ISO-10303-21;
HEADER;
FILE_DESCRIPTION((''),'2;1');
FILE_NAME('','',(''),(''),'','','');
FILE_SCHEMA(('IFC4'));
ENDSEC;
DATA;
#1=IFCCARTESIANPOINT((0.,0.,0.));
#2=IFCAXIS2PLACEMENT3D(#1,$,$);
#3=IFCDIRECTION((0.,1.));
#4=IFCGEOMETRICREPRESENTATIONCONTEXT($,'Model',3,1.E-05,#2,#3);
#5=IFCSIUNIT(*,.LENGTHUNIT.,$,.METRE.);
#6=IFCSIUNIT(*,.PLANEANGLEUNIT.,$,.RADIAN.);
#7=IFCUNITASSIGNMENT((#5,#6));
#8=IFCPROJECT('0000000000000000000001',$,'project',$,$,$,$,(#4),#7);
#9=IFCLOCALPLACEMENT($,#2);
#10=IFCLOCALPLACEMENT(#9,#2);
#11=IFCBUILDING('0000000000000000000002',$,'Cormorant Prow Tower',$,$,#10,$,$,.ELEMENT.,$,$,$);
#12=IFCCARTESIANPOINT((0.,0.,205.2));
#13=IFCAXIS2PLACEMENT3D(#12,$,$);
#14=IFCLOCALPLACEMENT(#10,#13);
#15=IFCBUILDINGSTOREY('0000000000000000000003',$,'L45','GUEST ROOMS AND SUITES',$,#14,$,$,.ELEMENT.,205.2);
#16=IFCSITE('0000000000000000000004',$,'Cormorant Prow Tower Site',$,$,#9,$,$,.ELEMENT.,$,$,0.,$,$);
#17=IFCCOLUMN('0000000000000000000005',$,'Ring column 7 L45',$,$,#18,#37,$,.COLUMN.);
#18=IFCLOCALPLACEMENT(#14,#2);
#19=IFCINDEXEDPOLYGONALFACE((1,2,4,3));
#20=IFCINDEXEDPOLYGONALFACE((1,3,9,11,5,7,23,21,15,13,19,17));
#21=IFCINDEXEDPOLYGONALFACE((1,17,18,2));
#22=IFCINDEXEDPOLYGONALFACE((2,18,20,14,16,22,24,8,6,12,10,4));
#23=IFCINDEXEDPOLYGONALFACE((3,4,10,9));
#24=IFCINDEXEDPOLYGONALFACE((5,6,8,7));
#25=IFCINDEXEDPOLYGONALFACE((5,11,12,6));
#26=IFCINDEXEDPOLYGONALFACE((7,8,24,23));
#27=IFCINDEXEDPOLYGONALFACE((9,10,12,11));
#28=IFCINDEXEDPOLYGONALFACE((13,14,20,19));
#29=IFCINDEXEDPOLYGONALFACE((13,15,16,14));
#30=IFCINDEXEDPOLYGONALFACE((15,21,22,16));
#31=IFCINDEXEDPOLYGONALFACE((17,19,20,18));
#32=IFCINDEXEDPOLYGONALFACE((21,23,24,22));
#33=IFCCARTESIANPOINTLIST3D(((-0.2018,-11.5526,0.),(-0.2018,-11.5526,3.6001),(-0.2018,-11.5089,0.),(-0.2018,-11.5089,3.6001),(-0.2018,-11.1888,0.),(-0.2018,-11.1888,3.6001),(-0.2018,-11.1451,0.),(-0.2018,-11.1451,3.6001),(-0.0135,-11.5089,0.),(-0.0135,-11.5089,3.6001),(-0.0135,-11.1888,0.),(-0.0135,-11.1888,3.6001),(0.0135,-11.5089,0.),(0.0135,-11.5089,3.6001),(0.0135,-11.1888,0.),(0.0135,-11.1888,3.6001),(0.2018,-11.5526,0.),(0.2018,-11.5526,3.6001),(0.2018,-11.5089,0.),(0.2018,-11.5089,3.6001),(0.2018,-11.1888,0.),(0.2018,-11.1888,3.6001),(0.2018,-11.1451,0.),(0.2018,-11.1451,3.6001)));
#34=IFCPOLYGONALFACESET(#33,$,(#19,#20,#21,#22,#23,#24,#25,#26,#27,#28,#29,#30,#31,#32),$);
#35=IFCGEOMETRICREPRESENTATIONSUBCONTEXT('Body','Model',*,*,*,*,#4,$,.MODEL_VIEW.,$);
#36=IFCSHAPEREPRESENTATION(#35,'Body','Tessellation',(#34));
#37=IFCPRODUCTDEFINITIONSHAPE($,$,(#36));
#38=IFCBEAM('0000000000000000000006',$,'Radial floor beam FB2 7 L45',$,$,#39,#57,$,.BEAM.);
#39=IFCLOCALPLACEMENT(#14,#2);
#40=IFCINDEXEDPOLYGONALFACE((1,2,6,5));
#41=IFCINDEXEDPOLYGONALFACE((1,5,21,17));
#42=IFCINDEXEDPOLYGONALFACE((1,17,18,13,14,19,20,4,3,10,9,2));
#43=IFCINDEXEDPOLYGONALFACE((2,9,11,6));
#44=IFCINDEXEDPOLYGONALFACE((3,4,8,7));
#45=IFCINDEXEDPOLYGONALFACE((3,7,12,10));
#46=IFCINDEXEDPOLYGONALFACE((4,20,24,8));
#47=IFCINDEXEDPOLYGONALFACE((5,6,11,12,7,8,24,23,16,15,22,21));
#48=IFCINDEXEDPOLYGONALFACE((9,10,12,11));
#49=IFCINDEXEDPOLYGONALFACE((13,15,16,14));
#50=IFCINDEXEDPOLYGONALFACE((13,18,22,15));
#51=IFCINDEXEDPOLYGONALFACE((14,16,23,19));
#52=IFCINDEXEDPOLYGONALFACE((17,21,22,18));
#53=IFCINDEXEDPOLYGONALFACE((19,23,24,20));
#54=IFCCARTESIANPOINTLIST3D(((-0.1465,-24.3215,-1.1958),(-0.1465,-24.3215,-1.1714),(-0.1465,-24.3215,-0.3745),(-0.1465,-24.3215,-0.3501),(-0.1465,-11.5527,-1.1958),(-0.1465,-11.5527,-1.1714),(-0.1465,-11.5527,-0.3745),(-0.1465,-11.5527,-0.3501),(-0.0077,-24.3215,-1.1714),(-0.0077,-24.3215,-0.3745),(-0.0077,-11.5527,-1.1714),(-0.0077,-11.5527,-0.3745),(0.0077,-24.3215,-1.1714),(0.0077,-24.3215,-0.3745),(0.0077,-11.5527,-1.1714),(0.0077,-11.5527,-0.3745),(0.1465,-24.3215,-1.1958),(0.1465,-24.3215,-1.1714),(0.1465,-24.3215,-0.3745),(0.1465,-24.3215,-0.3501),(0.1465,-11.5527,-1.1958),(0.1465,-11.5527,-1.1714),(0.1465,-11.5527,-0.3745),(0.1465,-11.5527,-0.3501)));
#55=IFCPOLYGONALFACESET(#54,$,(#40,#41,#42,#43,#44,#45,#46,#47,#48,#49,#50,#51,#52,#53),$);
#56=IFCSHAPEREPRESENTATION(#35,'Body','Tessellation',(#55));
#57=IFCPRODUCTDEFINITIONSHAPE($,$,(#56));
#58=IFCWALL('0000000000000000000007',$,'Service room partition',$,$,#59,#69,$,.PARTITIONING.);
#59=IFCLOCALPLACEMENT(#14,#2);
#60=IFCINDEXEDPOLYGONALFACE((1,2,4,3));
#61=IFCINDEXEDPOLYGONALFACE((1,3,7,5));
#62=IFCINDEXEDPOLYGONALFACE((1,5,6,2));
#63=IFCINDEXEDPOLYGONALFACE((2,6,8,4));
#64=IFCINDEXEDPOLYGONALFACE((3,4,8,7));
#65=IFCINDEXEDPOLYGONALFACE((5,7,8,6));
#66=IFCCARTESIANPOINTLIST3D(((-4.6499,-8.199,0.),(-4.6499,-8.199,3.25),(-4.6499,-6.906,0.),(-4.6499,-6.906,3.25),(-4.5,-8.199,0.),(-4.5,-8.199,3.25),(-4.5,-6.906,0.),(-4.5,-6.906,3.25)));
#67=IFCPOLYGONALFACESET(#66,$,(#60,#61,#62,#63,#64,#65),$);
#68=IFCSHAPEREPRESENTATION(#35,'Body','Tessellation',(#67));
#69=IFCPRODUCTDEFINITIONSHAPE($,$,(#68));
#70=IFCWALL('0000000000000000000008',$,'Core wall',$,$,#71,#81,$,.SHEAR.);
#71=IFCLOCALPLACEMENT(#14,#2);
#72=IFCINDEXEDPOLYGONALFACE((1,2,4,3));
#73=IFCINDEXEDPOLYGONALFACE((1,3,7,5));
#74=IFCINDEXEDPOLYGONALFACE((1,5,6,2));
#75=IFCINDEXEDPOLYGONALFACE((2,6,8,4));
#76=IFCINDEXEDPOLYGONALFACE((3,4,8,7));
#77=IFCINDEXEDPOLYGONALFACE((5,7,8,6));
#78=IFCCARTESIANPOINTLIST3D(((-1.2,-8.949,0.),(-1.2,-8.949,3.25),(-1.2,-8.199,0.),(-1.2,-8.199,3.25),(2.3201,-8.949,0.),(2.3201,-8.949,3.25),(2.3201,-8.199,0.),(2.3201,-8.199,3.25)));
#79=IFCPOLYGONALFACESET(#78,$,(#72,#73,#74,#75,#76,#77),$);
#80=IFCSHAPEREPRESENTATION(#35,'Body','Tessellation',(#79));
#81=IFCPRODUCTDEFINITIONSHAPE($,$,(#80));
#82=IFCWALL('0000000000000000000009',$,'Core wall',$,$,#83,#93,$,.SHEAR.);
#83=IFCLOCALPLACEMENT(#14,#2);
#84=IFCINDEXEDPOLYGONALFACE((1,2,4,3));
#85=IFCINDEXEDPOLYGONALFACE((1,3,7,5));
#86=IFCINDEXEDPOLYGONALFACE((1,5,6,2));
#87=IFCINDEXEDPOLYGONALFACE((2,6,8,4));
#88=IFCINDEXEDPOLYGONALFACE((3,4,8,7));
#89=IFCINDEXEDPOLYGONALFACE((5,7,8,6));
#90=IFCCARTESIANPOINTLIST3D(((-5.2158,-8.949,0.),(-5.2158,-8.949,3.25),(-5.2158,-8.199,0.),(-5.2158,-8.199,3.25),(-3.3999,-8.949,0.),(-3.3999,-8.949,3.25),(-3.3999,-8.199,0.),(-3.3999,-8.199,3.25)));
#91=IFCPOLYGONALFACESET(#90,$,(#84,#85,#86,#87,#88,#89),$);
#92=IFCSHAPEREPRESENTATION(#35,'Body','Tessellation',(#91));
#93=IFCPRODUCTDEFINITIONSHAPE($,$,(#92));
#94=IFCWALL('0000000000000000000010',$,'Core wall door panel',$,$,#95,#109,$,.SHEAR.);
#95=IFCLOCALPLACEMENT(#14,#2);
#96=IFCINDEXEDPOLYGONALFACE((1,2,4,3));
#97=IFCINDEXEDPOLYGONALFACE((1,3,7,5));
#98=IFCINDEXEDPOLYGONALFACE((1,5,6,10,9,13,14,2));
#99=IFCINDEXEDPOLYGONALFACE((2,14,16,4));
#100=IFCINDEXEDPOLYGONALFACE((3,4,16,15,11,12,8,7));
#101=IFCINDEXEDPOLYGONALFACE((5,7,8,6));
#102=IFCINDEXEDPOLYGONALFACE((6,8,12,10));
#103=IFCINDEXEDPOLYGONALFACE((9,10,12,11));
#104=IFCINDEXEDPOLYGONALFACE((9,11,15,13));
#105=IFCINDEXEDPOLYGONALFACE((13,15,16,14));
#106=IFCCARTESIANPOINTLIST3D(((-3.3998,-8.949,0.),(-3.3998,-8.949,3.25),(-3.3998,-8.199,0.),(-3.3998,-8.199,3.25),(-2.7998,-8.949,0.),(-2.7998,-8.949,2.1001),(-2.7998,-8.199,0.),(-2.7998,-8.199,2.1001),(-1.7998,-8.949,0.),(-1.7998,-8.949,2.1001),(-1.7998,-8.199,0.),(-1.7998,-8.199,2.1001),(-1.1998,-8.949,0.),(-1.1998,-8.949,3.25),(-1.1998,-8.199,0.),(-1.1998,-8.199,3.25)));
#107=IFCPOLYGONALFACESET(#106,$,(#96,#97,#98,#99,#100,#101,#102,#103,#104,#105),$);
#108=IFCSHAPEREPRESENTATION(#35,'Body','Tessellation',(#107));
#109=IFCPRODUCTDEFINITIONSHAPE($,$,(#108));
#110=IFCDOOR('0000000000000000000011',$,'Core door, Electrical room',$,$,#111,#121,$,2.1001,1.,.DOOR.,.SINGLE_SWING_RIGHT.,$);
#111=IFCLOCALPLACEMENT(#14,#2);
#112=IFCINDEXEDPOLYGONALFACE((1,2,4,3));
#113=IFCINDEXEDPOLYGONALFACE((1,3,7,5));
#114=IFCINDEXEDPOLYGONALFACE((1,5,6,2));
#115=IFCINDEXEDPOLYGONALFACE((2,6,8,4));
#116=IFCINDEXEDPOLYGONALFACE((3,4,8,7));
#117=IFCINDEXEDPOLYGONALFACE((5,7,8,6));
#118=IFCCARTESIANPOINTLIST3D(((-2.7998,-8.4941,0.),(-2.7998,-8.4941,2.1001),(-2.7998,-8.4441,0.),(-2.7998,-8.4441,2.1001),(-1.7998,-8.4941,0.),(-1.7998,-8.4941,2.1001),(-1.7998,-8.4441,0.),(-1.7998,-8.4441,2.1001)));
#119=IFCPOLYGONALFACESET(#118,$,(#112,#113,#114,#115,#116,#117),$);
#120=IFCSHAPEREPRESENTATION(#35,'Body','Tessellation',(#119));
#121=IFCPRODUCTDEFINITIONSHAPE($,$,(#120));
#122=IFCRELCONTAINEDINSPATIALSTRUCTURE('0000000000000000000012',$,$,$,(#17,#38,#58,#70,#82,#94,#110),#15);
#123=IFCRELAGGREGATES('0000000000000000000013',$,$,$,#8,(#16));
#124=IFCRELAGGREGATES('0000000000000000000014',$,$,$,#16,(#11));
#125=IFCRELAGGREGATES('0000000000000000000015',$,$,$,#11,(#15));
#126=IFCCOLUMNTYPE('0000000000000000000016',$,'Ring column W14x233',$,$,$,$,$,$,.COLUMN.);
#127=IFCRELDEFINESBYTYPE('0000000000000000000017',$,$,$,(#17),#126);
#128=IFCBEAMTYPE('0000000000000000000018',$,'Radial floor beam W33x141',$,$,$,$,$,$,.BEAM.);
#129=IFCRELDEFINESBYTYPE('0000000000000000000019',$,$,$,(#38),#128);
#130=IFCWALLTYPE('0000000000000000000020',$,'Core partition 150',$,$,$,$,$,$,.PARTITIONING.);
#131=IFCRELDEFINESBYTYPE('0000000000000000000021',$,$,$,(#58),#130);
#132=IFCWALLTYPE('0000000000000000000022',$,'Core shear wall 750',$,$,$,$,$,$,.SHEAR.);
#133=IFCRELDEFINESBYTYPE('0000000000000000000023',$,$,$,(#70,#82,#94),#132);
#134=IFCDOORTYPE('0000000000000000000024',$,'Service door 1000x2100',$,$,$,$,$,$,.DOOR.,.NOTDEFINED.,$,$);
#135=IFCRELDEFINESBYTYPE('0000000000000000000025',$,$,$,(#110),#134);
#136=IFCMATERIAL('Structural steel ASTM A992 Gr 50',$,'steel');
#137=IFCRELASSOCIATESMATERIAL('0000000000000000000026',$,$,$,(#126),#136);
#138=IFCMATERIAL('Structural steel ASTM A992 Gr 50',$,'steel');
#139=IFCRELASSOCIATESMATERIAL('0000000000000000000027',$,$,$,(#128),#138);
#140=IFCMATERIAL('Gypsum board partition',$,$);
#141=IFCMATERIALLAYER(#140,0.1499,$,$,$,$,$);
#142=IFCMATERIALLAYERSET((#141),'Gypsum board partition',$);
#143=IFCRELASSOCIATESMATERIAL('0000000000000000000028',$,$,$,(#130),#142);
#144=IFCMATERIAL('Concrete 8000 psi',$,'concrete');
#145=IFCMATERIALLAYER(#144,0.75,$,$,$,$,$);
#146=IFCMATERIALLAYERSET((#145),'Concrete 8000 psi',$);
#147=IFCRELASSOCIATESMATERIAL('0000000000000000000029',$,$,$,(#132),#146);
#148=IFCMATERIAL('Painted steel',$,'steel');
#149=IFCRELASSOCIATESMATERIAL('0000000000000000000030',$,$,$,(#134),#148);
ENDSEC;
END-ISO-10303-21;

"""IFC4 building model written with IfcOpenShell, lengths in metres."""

from ifc_helpers import new_model, si_unit, direction, frame, frame_2d, origin, origin_2d, place, context, subcontext, project, spatial, rectangle, i_section, extrude, material, layer, layer_set, material_profile, profile_set, type_object, element, fill, save


model = new_model("IFC4")

# Units and contexts
model_context = context("Model", 3, precision=1e-05, world=origin(), true_north=direction((0.0, 1.0)))
body_context = subcontext(model_context, "Body", "Model", "MODEL_VIEW")
ifc_project = project(units=[si_unit("LENGTHUNIT", "METRE"), si_unit("PLANEANGLEUNIT", "RADIAN")], contexts=[model_context])

# Site, building, storey
site_placement = place(None, origin())
site = spatial("IfcSite", under=ifc_project, at=site_placement, Name="Cormorant Prow Tower Site", CompositionType="ELEMENT", RefElevation=0.0)
building_placement = place(site_placement, origin())
building = spatial("IfcBuilding", under=site, at=building_placement, Name="Cormorant Prow Tower", CompositionType="ELEMENT")
storey_placement = place(building_placement, frame((0.0, 0.0, 205.2)))
storey = spatial("IfcBuildingStorey", under=building, at=storey_placement, Name="L45", Description="GUEST ROOMS AND SUITES", CompositionType="ELEMENT", Elevation=205.2)

# Column
ifc_material_1 = material(Name="Structural steel ASTM A992 Gr 50", Category="steel")
ifc_material_profile_1 = material_profile(ifc_material_1, i_section(OverallWidth=0.4036, OverallDepth=0.4075, WebThickness=0.0271, FlangeThickness=0.0437, at=origin_2d()), Name="W14x233")
ifc_profile_set_1 = profile_set([ifc_material_profile_1], Name="Structural steel ASTM A992 Gr 50")
column_type = type_object("IfcColumnType", Name="Ring column W14x233", PredefinedType="COLUMN", material=ifc_profile_set_1)
column_placement = place(storey_placement, frame((0.0, -11.3489, 0.0), z_axis=(0.0, 0.0, 1.0), x_axis=(1.0, 0.0, 0.0)))
element("IfcColumn", 1, at=column_placement, inside=storey, type_object=column_type, Name="Ring column 7 L45", PredefinedType="COLUMN", context=body_context, shape_type="SweptSolid", body=[
    extrude(i_section(OverallWidth=0.4036, OverallDepth=0.4075, WebThickness=0.0271, FlangeThickness=0.0437, at=origin_2d()), origin(), (0.0, 0.0, 1.0), 3.6001),
])

# Beam
ifc_material_2 = material(Name="Structural steel ASTM A992 Gr 50", Category="steel")
ifc_material_profile_2 = material_profile(ifc_material_2, i_section(OverallWidth=0.293, OverallDepth=0.8457, WebThickness=0.0154, FlangeThickness=0.0244, at=origin_2d()), Name="W33x141")
ifc_profile_set_2 = profile_set([ifc_material_profile_2], Name="Structural steel ASTM A992 Gr 50")
beam_type = type_object("IfcBeamType", Name="Radial floor beam W33x141", PredefinedType="BEAM", material=ifc_profile_set_2)
beam_placement = place(storey_placement, frame((0.0, -11.5527, -0.7729), z_axis=(0.0, -1.0, 0.0), x_axis=(1.0, 0.0, 0.0)))
element("IfcBeam", 2, at=beam_placement, inside=storey, type_object=beam_type, Name="Radial floor beam FB2 7 L45", PredefinedType="BEAM", context=body_context, shape_type="SweptSolid", body=[
    extrude(i_section(OverallWidth=0.293, OverallDepth=0.8457, WebThickness=0.0154, FlangeThickness=0.0244, at=origin_2d()), origin(), (0.0, 0.0, 1.0), 12.7688),
])

# Walls
ifc_material_3 = material(Name="Gypsum board partition")
ifc_layer_1 = layer(ifc_material_3, 0.1499)
ifc_layer_set_1 = layer_set([ifc_layer_1], Name="Gypsum board partition")
wall_type_1 = type_object("IfcWallType", Name="Core partition 150", PredefinedType="PARTITIONING", material=ifc_layer_set_1)
wall_1_placement = place(storey_placement, frame((-4.575, -6.906, 0.0), z_axis=(0.0, 0.0, 1.0), x_axis=(0.0, -1.0, 0.0)))
element("IfcWall", 3, at=wall_1_placement, inside=storey, type_object=wall_type_1, Name="Service room partition", PredefinedType="PARTITIONING", context=body_context, shape_type="SweptSolid", body=[
    extrude(rectangle(XDim=1.293, YDim=0.1499, at=frame_2d((0.6465, 0.0))), origin(), (0.0, 0.0, 1.0), 3.25),
])
ifc_material_4 = material(Name="Concrete 8000 psi", Category="concrete")
ifc_layer_2 = layer(ifc_material_4, 0.75)
ifc_layer_set_2 = layer_set([ifc_layer_2], Name="Concrete 8000 psi")
wall_type_2 = type_object("IfcWallType", Name="Core shear wall 750", PredefinedType="SHEAR", material=ifc_layer_set_2)
wall_2_placement = place(storey_placement, frame((-1.2, -8.574, 0.0), z_axis=(0.0, 0.0, 1.0), x_axis=(1.0, 0.0, 0.0)))
element("IfcWall", 4, at=wall_2_placement, inside=storey, type_object=wall_type_2, Name="Core wall", PredefinedType="SHEAR", context=body_context, shape_type="SweptSolid", body=[
    extrude(rectangle(XDim=3.52, YDim=0.75, at=frame_2d((1.76, 0.0))), origin(), (0.0, 0.0, 1.0), 3.25),
])
wall_3_placement = place(storey_placement, frame((-5.2158, -8.574, 0.0), z_axis=(0.0, 0.0, 1.0), x_axis=(1.0, 0.0, 0.0)))
element("IfcWall", 5, at=wall_3_placement, inside=storey, type_object=wall_type_2, Name="Core wall", PredefinedType="SHEAR", context=body_context, shape_type="SweptSolid", body=[
    extrude(rectangle(XDim=1.8159, YDim=0.75, at=frame_2d((0.908, 0.0))), origin(), (0.0, 0.0, 1.0), 3.25),
])

# Wall, opening, door
wall_4_placement = place(storey_placement, frame((-3.3999, -8.574, 0.0), z_axis=(0.0, 0.0, 1.0), x_axis=(1.0, 0.0, 0.0)))
wall_4 = element("IfcWall", 6, at=wall_4_placement, inside=storey, type_object=wall_type_2, Name="Core wall door panel", PredefinedType="SHEAR", context=body_context, shape_type="SweptSolid", body=[
    extrude(rectangle(XDim=2.2, YDim=0.75, at=frame_2d((1.1001, 0.0))), origin(), (0.0, 0.0, 1.0), 3.25),
])
opening_1_placement = place(wall_4_placement, frame((0.6001, 0.0, 0.0)))
opening_1 = element("IfcOpeningElement", 7, at=opening_1_placement, cuts=wall_4, PredefinedType="OPENING", context=body_context, shape_type="SweptSolid", body=[
    extrude(rectangle(XDim=1.0, YDim=2.1001, at=frame_2d((0.5, 1.05))), frame((0.0, 0.385, 0.0), z_axis=(0.0, -1.0, 0.0), x_axis=(1.0, 0.0, 0.0)), (0.0, 0.0, 1.0), 0.77),
])
ifc_material_5 = material(Name="Painted steel", Category="steel")
door_type_1 = type_object("IfcDoorType", Name="Service door 1000x2100", OperationType="NOTDEFINED", PredefinedType="DOOR", material=ifc_material_5)
door_1_placement = place(opening_1_placement, origin())
door_1 = element("IfcDoor", 8, at=door_1_placement, inside=storey, type_object=door_type_1, Name="Core door, Electrical room", OperationType="SINGLE_SWING_RIGHT", OverallHeight=2.1001, OverallWidth=1.0, PredefinedType="DOOR", context=body_context, shape_type="SweptSolid", body=[
    extrude(rectangle(XDim=1.0, YDim=2.1001, at=frame_2d((0.5, 1.05))), frame((0.0, 0.1299, 0.0), z_axis=(0.0, -1.0, 0.0), x_axis=(1.0, 0.0, 0.0)), (0.0, 0.0, 1.0), 0.05),
])
fill(opening_1, door_1)

save(model, "model.ifc")
